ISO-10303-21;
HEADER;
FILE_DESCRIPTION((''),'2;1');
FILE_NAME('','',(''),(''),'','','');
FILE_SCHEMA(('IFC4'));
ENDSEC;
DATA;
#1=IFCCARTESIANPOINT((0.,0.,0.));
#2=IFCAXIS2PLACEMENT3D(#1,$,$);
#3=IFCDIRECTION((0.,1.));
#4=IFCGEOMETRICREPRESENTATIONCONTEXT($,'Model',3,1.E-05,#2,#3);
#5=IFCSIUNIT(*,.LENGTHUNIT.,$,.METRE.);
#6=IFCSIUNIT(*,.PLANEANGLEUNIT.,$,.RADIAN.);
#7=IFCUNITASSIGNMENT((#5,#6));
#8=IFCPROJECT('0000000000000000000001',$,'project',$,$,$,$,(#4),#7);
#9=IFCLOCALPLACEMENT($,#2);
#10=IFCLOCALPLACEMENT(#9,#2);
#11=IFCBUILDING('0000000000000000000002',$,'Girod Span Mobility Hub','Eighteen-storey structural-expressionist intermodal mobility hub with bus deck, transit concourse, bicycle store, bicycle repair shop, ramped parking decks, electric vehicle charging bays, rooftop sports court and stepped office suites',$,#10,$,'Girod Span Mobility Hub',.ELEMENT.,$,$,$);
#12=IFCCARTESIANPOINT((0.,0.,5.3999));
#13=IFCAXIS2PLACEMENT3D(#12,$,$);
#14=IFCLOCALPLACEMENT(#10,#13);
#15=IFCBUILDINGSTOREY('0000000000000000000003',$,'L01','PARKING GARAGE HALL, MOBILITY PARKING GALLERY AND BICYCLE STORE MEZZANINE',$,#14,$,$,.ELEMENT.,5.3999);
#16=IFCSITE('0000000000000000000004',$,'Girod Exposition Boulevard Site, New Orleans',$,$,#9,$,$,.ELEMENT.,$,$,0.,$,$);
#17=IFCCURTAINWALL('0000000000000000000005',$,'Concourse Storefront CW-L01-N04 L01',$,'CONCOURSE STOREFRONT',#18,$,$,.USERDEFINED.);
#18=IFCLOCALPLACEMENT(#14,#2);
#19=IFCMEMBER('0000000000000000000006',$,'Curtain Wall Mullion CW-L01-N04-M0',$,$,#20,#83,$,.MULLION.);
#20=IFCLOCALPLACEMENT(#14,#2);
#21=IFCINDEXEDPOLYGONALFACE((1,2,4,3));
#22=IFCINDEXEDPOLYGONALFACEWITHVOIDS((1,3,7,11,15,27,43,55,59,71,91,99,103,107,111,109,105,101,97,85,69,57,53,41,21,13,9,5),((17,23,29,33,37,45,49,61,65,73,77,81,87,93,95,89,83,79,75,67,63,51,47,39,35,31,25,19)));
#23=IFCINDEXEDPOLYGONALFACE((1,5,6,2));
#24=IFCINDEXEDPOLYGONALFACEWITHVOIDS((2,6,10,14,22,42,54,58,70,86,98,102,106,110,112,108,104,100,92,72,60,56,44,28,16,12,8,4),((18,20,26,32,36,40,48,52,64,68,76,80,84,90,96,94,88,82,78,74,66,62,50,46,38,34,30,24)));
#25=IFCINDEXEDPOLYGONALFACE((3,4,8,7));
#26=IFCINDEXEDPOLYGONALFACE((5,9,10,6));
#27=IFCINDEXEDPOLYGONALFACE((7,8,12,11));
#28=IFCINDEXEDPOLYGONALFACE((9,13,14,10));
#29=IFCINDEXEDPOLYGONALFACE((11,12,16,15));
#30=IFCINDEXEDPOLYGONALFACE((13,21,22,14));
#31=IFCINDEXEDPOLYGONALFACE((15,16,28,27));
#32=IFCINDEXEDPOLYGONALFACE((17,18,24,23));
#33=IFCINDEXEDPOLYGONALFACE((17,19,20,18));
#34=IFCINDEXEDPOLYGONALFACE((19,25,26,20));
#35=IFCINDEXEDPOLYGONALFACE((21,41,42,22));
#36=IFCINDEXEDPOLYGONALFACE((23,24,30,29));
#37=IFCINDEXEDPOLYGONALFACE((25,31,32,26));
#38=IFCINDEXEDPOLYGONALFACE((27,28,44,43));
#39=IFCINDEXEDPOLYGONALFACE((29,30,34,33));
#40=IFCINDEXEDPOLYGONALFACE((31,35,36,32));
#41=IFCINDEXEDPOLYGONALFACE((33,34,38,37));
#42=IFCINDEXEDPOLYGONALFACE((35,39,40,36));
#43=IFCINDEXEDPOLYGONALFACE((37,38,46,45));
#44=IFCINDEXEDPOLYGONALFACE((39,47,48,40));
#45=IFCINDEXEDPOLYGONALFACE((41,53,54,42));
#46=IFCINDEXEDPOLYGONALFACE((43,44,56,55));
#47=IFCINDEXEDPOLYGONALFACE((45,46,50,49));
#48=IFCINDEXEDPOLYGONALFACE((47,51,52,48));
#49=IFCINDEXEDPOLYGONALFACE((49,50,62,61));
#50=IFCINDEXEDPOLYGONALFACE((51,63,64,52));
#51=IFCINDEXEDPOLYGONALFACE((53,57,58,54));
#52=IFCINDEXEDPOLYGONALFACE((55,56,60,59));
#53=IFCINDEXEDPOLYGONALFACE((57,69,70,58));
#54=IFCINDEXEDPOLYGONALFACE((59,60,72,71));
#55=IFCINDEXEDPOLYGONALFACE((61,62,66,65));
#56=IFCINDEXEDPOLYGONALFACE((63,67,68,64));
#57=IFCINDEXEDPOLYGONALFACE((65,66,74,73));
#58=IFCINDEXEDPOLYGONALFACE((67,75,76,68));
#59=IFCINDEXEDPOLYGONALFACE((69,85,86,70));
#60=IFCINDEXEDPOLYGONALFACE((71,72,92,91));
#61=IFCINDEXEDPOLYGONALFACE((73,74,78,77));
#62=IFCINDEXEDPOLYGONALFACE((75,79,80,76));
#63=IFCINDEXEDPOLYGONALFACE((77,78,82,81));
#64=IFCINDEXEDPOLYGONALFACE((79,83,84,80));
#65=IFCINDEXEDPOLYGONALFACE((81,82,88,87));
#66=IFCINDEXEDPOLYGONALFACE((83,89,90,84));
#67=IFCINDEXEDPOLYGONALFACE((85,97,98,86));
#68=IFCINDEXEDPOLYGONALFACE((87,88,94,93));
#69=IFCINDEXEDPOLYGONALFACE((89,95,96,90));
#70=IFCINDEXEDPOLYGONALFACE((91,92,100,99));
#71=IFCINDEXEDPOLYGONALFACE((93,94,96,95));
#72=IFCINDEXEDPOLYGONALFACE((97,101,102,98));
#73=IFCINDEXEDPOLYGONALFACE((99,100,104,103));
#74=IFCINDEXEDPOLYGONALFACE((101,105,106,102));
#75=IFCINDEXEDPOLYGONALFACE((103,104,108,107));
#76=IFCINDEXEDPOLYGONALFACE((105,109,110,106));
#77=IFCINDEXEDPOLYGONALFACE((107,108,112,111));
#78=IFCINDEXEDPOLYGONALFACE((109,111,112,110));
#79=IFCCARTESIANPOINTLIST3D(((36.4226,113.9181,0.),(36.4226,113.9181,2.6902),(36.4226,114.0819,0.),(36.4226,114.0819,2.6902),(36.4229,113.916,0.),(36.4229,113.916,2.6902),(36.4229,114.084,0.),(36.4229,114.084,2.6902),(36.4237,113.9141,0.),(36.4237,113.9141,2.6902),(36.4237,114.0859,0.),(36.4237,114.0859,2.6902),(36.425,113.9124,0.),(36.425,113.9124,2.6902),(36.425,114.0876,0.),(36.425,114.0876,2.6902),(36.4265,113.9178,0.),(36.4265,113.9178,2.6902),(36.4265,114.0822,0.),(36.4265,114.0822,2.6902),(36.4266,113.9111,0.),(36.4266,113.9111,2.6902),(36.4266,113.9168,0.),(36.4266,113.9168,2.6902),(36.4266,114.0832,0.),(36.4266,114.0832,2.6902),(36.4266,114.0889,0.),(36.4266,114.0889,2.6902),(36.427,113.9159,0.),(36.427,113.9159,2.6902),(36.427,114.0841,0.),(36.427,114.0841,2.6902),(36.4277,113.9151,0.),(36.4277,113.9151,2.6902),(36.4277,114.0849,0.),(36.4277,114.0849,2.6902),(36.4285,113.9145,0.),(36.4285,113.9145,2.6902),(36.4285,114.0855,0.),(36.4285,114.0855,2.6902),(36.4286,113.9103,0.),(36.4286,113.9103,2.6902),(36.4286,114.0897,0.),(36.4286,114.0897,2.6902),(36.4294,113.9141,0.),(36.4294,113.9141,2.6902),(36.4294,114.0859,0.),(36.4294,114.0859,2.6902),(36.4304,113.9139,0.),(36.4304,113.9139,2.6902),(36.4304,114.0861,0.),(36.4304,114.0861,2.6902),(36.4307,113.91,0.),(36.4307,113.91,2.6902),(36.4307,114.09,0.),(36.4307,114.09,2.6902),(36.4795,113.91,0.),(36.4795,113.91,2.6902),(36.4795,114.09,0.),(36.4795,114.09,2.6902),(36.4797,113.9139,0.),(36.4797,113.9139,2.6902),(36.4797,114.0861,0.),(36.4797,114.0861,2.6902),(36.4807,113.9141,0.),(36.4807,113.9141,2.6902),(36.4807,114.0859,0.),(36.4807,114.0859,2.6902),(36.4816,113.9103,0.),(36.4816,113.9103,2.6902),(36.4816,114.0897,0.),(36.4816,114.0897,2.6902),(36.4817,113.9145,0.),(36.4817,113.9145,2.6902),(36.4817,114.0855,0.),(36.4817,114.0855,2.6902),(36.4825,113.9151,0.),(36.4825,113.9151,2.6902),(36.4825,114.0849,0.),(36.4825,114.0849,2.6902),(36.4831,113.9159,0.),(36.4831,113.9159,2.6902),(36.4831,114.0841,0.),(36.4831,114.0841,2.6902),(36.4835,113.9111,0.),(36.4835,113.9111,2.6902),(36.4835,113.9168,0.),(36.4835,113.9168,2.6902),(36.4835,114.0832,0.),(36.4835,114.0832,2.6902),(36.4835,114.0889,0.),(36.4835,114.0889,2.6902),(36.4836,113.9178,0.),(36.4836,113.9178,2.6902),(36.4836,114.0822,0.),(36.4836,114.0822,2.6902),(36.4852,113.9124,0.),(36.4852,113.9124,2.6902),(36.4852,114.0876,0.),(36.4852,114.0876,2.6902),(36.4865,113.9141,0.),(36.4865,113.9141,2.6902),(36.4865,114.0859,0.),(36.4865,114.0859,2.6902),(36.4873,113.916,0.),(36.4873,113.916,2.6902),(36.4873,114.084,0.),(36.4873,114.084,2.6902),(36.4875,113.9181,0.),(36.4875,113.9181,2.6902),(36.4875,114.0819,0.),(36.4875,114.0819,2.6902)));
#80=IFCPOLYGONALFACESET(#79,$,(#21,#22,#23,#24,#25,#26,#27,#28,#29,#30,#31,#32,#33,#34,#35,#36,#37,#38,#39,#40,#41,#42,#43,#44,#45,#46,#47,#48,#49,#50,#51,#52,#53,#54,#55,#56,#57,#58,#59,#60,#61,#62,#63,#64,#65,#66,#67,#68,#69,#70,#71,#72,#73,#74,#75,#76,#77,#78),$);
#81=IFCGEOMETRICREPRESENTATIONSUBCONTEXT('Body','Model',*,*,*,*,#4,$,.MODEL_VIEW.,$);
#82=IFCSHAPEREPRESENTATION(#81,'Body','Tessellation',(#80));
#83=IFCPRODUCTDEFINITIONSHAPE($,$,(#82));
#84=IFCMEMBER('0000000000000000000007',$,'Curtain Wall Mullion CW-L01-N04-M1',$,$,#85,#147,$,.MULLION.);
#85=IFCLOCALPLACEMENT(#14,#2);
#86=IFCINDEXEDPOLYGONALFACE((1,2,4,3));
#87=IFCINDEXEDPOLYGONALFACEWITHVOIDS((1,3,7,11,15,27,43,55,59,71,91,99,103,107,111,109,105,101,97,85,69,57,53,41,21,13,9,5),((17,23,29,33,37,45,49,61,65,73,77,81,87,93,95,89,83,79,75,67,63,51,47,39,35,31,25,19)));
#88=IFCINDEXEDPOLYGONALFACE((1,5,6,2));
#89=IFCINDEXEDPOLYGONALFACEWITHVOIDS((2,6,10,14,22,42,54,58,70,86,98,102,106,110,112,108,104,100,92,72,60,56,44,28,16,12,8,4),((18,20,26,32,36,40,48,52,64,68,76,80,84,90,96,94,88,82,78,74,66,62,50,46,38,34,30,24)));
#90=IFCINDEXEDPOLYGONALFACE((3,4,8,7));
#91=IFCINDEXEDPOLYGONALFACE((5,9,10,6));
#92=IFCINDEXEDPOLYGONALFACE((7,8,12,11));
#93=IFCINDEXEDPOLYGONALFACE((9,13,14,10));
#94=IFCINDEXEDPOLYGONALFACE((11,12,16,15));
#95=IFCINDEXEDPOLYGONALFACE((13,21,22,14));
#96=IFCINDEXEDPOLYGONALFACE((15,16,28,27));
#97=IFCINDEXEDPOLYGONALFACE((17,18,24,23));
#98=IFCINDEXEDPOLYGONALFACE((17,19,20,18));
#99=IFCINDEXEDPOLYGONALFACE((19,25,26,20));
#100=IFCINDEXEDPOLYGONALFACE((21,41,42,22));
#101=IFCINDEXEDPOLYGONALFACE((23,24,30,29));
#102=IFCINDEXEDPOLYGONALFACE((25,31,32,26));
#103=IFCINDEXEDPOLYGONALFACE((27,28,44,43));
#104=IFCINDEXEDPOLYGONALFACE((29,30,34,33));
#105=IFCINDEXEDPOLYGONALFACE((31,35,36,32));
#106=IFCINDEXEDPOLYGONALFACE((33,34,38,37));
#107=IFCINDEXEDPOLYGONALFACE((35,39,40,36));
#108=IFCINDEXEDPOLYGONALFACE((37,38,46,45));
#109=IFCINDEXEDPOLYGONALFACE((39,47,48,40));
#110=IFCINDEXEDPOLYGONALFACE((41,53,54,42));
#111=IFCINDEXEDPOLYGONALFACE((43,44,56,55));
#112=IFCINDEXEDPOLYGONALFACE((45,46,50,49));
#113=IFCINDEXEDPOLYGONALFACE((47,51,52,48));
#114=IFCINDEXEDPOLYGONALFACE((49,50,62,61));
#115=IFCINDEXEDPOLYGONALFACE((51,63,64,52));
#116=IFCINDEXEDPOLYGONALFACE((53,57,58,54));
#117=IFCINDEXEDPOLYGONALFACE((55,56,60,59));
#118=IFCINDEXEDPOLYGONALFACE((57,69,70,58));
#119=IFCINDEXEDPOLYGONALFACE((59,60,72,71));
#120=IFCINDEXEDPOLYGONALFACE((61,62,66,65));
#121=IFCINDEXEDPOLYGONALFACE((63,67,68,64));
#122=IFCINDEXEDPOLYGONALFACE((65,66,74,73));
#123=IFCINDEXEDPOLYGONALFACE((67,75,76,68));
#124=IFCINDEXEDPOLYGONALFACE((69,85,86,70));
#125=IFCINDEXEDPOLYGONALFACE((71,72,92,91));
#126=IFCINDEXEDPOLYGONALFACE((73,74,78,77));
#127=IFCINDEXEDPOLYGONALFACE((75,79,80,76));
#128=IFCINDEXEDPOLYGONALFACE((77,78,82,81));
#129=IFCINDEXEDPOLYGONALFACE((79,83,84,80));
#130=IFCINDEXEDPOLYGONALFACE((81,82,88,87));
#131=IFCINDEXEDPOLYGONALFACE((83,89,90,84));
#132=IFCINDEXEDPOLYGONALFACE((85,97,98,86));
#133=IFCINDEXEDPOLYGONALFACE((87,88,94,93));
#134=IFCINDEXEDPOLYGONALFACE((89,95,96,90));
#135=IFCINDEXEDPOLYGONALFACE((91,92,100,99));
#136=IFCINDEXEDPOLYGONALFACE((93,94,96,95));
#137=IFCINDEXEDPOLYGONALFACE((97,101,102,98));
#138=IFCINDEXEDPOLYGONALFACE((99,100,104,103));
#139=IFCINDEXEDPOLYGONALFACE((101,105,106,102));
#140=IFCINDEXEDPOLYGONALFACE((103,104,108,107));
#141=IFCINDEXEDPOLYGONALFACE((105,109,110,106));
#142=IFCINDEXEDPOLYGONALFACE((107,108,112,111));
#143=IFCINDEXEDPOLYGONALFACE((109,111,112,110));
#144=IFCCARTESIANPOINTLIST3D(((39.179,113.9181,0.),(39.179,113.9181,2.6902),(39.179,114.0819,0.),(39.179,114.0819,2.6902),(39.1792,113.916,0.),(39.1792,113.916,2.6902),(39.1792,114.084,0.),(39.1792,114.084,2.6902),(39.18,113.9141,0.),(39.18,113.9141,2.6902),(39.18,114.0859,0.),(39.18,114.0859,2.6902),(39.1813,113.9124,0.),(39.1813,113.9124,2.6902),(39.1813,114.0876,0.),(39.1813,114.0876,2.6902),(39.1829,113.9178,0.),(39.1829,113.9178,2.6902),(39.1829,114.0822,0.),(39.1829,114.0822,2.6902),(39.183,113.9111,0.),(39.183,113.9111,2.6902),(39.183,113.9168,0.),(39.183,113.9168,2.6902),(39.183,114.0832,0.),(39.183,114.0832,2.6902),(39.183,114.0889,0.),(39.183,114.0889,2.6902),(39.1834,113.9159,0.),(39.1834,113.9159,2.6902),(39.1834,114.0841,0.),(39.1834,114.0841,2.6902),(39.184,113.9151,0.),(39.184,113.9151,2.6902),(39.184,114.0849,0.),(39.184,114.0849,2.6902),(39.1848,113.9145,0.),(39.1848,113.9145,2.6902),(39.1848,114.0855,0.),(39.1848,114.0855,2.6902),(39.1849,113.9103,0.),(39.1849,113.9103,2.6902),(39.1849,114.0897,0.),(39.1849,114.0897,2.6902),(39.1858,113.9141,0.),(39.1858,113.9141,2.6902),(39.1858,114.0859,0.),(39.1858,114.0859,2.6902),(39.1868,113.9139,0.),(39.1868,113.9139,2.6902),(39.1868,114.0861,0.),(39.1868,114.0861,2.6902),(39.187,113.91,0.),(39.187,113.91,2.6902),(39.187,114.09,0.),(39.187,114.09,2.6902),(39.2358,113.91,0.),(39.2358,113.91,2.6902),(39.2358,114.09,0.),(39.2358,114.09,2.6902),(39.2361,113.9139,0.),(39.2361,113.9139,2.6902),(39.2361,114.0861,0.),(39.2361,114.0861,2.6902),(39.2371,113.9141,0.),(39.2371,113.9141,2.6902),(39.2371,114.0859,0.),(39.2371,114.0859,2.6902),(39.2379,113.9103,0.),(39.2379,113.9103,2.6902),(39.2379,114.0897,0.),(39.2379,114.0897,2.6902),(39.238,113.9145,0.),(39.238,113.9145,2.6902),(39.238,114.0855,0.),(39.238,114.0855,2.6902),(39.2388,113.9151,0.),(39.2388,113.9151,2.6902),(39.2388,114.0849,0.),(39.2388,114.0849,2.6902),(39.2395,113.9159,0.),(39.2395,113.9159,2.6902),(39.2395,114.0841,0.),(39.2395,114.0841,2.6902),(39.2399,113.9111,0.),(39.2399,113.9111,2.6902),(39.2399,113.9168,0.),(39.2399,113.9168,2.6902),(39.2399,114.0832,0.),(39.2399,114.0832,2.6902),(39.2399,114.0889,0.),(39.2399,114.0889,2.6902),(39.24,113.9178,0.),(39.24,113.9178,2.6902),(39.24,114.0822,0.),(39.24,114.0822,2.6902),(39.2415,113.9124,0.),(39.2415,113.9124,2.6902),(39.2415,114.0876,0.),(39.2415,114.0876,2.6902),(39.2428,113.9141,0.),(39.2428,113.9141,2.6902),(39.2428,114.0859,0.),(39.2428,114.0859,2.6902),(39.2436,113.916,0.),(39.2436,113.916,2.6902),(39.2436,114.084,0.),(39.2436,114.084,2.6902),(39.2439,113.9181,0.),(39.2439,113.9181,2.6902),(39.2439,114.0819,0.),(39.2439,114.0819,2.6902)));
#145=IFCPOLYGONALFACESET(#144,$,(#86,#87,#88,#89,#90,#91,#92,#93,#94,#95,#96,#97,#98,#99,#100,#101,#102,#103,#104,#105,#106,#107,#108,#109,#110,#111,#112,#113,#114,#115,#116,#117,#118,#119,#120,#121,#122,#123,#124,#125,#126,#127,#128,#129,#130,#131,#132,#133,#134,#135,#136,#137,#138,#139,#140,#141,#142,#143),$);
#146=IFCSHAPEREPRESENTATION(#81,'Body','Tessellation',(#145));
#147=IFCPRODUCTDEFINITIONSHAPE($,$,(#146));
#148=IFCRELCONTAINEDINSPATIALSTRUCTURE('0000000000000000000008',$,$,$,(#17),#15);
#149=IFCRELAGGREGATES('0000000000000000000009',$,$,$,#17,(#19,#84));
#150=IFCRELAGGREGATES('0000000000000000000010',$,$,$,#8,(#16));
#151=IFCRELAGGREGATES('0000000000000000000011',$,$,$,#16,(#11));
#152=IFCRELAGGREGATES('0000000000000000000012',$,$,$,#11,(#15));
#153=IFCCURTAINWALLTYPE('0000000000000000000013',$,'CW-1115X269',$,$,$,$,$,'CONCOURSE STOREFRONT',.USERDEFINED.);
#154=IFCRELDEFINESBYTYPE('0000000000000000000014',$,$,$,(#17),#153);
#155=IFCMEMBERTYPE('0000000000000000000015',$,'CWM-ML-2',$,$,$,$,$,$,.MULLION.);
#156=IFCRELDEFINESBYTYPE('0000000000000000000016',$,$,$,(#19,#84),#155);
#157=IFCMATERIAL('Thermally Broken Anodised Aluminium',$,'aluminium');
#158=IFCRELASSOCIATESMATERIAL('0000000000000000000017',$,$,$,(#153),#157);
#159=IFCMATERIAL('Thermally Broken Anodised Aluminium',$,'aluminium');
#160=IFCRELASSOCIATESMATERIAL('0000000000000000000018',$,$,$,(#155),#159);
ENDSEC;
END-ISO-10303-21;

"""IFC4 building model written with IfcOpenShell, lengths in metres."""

from ifc_helpers import new_model, si_unit, direction, frame, origin, origin_2d, place, context, subcontext, project, spatial, hollow_rectangle, extrude, material, material_profile, profile_set, type_object, element, aggregate, save


model = new_model("IFC4")

# Units and contexts
model_context = context("Model", 3, precision=1e-05, world=origin(), true_north=direction((0.0, 1.0)))
body_context = subcontext(model_context, "Body", "Model", "MODEL_VIEW")
ifc_project = project(units=[si_unit("LENGTHUNIT", "METRE"), si_unit("PLANEANGLEUNIT", "RADIAN")], contexts=[model_context])

# Site, building, storey
site_placement = place(None, origin())
site = spatial("IfcSite", under=ifc_project, at=site_placement, Name="Girod Exposition Boulevard Site, New Orleans", CompositionType="ELEMENT", RefElevation=0.0)
building_placement = place(site_placement, origin())
building = spatial("IfcBuilding", under=site, at=building_placement, Name="Girod Span Mobility Hub", Description="Eighteen-storey structural-expressionist intermodal mobility hub with bus deck, transit concourse, bicycle store, bicycle repair shop, ramped parking decks, electric vehicle charging bays, rooftop sports court and stepped office suites", LongName="Girod Span Mobility Hub", CompositionType="ELEMENT")
storey_placement = place(building_placement, frame((0.0, 0.0, 5.3999)))
storey = spatial("IfcBuildingStorey", under=building, at=storey_placement, Name="L01", Description="PARKING GARAGE HALL, MOBILITY PARKING GALLERY AND BICYCLE STORE MEZZANINE", CompositionType="ELEMENT", Elevation=5.3999)

# Curtain wall, members
ifc_material_1 = material(Name="Thermally Broken Anodised Aluminium", Category="aluminium")
curtain_wall_type = type_object("IfcCurtainWallType", Name="CW-1115X269", ElementType="CONCOURSE STOREFRONT", PredefinedType="USERDEFINED", material=ifc_material_1)
ifc_material_2 = material(Name="Thermally Broken Anodised Aluminium", Category="aluminium")
ifc_material_profile_1 = material_profile(ifc_material_2, hollow_rectangle(XDim=0.1799, YDim=0.0649, WallThickness=0.0039, InnerFilletRadius=0.0039, OuterFilletRadius=0.0081, at=origin_2d()), Name="CW-ML-65X180")
ifc_profile_set_1 = profile_set([ifc_material_profile_1], Name="Thermally Broken Anodised Aluminium")
member_type_1 = type_object("IfcMemberType", Name="CWM-ML-2", PredefinedType="MULLION", material=ifc_profile_set_1)
curtain_wall_1_placement = place(storey_placement, origin())
curtain_wall_1 = element("IfcCurtainWall", 1, at=curtain_wall_1_placement, inside=storey, type_object=curtain_wall_type, Name="Concourse Storefront CW-L01-N04 L01", ObjectType="CONCOURSE STOREFRONT", PredefinedType="USERDEFINED")
member_1_placement = place(storey_placement, frame((36.4551, 114.0, 0.0), z_axis=(0.0, 0.0, 1.0), x_axis=(0.0, 1.0, 0.0)))
member_1 = element("IfcMember", 2, at=member_1_placement, type_object=member_type_1, Name="Curtain Wall Mullion CW-L01-N04-M0", PredefinedType="MULLION", context=body_context, shape_type="SweptSolid", body=[
    extrude(hollow_rectangle(XDim=0.1799, YDim=0.0649, WallThickness=0.0039, InnerFilletRadius=0.0039, OuterFilletRadius=0.0081, at=origin_2d()), origin(), (0.0, 0.0, 1.0), 2.6902),
])
member_2_placement = place(storey_placement, frame((39.2114, 114.0, 0.0), z_axis=(0.0, 0.0, 1.0), x_axis=(0.0, 1.0, 0.0)))
member_2 = element("IfcMember", 3, at=member_2_placement, type_object=member_type_1, Name="Curtain Wall Mullion CW-L01-N04-M1", PredefinedType="MULLION", context=body_context, shape_type="SweptSolid", body=[
    extrude(hollow_rectangle(XDim=0.1799, YDim=0.0649, WallThickness=0.0039, InnerFilletRadius=0.0039, OuterFilletRadius=0.0081, at=origin_2d()), origin(), (0.0, 0.0, 1.0), 2.6902),
])

aggregate(curtain_wall_1, [member_1, member_2])

save(model, "model.ifc")
